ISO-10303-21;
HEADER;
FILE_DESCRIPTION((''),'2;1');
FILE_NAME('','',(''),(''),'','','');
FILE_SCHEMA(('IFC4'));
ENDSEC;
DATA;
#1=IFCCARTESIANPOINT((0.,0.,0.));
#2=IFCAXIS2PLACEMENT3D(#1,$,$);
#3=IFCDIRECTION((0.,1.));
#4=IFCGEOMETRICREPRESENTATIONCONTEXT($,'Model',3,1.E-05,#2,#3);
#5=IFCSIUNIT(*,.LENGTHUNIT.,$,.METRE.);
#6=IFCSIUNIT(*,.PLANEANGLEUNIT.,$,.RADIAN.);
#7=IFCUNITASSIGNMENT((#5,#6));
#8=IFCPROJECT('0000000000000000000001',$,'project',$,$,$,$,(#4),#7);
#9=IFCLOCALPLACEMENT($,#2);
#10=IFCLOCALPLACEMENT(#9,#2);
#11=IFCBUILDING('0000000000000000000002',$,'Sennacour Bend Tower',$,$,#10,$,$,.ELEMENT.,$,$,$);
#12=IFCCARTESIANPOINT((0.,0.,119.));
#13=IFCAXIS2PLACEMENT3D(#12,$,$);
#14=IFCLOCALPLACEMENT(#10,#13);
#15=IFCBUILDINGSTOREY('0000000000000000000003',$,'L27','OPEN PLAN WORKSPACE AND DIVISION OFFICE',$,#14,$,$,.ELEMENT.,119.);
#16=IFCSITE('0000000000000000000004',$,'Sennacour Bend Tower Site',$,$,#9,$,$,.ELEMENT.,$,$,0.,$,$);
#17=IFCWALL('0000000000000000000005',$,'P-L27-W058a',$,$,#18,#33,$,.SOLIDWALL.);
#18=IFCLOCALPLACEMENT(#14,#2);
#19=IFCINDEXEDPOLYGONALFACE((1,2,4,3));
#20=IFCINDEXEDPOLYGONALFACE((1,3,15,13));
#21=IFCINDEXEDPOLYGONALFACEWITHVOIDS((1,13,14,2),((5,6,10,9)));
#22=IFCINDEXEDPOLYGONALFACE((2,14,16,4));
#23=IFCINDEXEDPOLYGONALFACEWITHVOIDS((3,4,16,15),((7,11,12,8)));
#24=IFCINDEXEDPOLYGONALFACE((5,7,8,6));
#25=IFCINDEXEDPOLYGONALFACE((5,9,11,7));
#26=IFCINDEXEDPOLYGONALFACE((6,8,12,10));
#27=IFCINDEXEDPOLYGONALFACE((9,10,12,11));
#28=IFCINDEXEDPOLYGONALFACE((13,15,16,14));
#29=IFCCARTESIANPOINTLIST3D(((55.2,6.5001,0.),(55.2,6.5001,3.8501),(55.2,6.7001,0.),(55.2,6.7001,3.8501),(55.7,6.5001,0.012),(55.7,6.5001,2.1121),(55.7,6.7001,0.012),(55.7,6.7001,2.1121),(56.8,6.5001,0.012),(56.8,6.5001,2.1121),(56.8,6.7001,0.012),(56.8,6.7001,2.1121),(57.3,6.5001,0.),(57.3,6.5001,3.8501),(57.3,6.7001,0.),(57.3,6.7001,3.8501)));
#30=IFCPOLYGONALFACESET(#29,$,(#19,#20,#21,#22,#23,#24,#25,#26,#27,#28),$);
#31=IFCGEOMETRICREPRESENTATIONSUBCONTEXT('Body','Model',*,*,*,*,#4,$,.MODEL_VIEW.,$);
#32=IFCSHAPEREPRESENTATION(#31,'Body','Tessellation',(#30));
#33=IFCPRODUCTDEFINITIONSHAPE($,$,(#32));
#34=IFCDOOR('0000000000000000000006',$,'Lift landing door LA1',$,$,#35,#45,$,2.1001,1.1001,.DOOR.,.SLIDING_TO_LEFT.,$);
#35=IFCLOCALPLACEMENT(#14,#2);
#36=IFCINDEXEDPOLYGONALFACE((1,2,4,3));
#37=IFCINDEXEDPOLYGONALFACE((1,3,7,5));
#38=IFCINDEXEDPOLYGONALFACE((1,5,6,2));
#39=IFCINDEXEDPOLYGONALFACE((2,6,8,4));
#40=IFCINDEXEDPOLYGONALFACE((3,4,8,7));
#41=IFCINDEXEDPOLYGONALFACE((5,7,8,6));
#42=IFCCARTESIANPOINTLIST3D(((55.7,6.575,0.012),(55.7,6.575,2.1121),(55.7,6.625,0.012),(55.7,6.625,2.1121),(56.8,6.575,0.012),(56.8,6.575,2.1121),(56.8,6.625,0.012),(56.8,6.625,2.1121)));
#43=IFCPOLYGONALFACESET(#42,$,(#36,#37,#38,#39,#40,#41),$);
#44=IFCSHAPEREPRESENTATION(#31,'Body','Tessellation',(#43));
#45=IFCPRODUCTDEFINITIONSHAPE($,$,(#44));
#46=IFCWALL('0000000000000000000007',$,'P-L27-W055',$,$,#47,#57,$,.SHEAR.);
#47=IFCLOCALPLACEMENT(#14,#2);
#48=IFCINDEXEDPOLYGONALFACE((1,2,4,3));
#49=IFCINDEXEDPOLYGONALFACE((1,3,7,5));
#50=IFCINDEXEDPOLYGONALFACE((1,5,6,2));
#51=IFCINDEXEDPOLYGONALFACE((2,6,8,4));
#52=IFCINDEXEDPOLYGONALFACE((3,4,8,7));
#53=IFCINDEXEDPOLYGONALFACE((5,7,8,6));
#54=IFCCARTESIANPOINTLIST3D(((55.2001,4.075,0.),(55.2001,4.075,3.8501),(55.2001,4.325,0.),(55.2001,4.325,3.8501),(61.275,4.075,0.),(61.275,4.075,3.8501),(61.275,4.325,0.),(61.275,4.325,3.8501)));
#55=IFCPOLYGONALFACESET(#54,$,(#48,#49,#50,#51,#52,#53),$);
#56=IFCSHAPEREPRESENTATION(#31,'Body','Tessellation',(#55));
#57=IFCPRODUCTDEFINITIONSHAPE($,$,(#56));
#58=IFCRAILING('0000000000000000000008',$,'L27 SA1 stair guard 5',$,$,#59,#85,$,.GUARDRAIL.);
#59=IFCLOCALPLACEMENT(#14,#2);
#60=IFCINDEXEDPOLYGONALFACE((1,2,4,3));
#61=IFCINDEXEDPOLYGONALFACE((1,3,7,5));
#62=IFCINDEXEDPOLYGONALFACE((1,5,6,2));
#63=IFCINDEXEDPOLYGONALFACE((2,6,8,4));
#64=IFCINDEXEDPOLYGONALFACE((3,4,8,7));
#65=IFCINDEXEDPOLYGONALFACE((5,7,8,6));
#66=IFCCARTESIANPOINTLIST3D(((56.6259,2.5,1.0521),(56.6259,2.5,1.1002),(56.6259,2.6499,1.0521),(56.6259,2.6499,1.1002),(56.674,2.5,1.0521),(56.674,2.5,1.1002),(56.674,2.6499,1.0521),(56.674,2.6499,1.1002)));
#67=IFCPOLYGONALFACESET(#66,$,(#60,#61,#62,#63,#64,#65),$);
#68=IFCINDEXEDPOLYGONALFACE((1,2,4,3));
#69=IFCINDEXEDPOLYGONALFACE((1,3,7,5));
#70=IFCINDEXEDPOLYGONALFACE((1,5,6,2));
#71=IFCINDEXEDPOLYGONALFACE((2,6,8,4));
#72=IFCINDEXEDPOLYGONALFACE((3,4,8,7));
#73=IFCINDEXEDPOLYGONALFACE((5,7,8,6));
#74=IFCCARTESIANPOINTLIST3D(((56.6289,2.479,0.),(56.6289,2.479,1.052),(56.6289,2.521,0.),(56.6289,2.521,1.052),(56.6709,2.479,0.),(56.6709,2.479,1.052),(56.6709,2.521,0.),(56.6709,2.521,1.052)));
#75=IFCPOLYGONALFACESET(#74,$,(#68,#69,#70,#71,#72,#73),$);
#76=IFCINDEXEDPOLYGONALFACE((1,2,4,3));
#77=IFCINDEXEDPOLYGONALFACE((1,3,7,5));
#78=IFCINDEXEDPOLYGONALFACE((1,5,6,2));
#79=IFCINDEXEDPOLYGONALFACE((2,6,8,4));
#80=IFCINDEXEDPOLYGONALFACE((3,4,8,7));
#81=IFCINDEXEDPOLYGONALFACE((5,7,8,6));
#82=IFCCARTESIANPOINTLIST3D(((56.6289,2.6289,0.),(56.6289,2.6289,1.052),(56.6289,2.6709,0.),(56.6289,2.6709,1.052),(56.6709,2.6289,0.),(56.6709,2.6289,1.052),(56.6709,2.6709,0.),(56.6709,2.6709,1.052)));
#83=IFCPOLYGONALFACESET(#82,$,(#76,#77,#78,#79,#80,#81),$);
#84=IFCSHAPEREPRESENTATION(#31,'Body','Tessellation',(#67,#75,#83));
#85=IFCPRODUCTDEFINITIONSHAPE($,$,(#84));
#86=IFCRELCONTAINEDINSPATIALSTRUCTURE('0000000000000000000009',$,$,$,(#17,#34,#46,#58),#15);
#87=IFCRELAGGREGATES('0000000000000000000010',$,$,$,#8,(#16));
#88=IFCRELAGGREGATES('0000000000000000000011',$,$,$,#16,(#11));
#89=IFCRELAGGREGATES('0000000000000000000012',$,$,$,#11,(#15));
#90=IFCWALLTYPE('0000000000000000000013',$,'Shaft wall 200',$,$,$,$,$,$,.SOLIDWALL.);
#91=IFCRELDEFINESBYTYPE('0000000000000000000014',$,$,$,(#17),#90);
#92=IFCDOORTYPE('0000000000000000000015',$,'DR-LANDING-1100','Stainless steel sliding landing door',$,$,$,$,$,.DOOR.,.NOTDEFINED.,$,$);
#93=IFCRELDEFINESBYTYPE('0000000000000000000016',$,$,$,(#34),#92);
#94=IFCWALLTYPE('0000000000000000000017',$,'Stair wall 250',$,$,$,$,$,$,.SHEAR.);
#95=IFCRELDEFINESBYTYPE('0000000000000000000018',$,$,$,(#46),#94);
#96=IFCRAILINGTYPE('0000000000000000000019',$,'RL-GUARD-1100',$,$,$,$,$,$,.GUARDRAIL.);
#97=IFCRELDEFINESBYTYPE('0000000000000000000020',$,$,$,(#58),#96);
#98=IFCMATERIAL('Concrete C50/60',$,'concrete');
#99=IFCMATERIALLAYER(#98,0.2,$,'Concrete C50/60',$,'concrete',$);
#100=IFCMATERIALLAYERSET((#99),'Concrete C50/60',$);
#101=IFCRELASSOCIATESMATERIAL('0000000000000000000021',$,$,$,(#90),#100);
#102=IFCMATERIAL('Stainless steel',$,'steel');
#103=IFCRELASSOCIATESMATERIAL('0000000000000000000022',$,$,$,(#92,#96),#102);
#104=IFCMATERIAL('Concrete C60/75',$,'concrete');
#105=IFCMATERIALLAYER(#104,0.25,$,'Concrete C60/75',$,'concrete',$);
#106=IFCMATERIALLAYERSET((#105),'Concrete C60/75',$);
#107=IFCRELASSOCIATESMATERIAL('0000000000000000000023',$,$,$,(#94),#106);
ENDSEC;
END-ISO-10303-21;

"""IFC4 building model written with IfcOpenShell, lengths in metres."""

from ifc_helpers import new_model, si_unit, direction, frame, frame_2d, origin, origin_2d, place, context, subcontext, project, spatial, rectangle, extrude, material, layer, layer_set, type_object, element, fill, save


model = new_model("IFC4")

# Units and contexts
model_context = context("Model", 3, precision=1e-05, world=origin(), true_north=direction((0.0, 1.0)))
body_context = subcontext(model_context, "Body", "Model", "MODEL_VIEW")
ifc_project = project(units=[si_unit("LENGTHUNIT", "METRE"), si_unit("PLANEANGLEUNIT", "RADIAN")], contexts=[model_context])

# Site, building, storey
site_placement = place(None, origin())
site = spatial("IfcSite", under=ifc_project, at=site_placement, Name="Sennacour Bend Tower Site", CompositionType="ELEMENT", RefElevation=0.0)
building_placement = place(site_placement, origin())
building = spatial("IfcBuilding", under=site, at=building_placement, Name="Sennacour Bend Tower", CompositionType="ELEMENT")
storey_placement = place(building_placement, frame((0.0, 0.0, 119.0)))
storey = spatial("IfcBuildingStorey", under=building, at=storey_placement, Name="L27", Description="OPEN PLAN WORKSPACE AND DIVISION OFFICE", CompositionType="ELEMENT", Elevation=119.0)

# Wall, opening, door
ifc_material_1 = material(Name="Concrete C50/60", Category="concrete")
ifc_layer_1 = layer(ifc_material_1, 0.2, Name="Concrete C50/60", Category="concrete")
ifc_layer_set_1 = layer_set([ifc_layer_1], Name="Concrete C50/60")
wall_type_1 = type_object("IfcWallType", Name="Shaft wall 200", PredefinedType="SOLIDWALL", material=ifc_layer_set_1)
wall_1_placement = place(storey_placement, frame((55.2, 6.6001, 0.0), z_axis=(0.0, 0.0, 1.0), x_axis=(1.0, 0.0, 0.0)))
wall_1 = element("IfcWall", 1, at=wall_1_placement, inside=storey, type_object=wall_type_1, Name="P-L27-W058a", PredefinedType="SOLIDWALL", context=body_context, shape_type="SweptSolid", body=[
    extrude(rectangle(XDim=2.1001, YDim=0.2, at=frame_2d((1.05, 0.0))), origin(), (0.0, 0.0, 1.0), 3.8501),
])
opening_1_placement = place(wall_1_placement, frame((0.5, 0.0, 0.012)))
opening_1 = element("IfcOpeningElement", 2, at=opening_1_placement, cuts=wall_1, PredefinedType="OPENING", context=body_context, shape_type="SweptSolid", body=[
    extrude(rectangle(XDim=1.1001, YDim=2.1001, at=frame_2d((0.55, 1.05))), frame((0.0, 0.1099, 0.0), z_axis=(0.0, -1.0, 0.0), x_axis=(1.0, 0.0, 0.0)), (0.0, 0.0, 1.0), 0.22),
])
ifc_material_2 = material(Name="Stainless steel", Category="steel")
door_type_1 = type_object("IfcDoorType", Name="DR-LANDING-1100", Description="Stainless steel sliding landing door", OperationType="NOTDEFINED", PredefinedType="DOOR", material=ifc_material_2)
door_1_placement = place(opening_1_placement, origin())
door_1 = element("IfcDoor", 3, at=door_1_placement, inside=storey, type_object=door_type_1, Name="Lift landing door LA1", OperationType="SLIDING_TO_LEFT", OverallHeight=2.1001, OverallWidth=1.1001, PredefinedType="DOOR", context=body_context, shape_type="SweptSolid", body=[
    extrude(rectangle(XDim=1.1001, YDim=2.1001, at=frame_2d((0.55, 1.05))), frame((0.0, 0.0249, 0.0), z_axis=(0.0, -1.0, 0.0), x_axis=(1.0, 0.0, 0.0)), (0.0, 0.0, 1.0), 0.05),
])
fill(opening_1, door_1)

# Wall
ifc_material_3 = material(Name="Concrete C60/75", Category="concrete")
ifc_layer_2 = layer(ifc_material_3, 0.25, Name="Concrete C60/75", Category="concrete")
ifc_layer_set_2 = layer_set([ifc_layer_2], Name="Concrete C60/75")
wall_type_2 = type_object("IfcWallType", Name="Stair wall 250", PredefinedType="SHEAR", material=ifc_layer_set_2)
wall_2_placement = place(storey_placement, frame((55.2, 4.2, 0.0), z_axis=(0.0, 0.0, 1.0), x_axis=(1.0, 0.0, 0.0)))
element("IfcWall", 4, at=wall_2_placement, inside=storey, type_object=wall_type_2, Name="P-L27-W055", PredefinedType="SHEAR", context=body_context, shape_type="SweptSolid", body=[
    extrude(rectangle(XDim=6.075, YDim=0.25, at=frame_2d((3.0376, 0.0))), origin(), (0.0, 0.0, 1.0), 3.8501),
])

# Railing
railing_type = type_object("IfcRailingType", Name="RL-GUARD-1100", PredefinedType="GUARDRAIL", material=ifc_material_2)
railing_placement = place(storey_placement, frame((56.6499, 2.5, 0.0)))
element("IfcRailing", 5, at=railing_placement, inside=storey, type_object=railing_type, Name="L27 SA1 stair guard 5", PredefinedType="GUARDRAIL", context=body_context, shape_type="SweptSolid", body=[
    extrude(rectangle(XDim=0.0481, YDim=0.0481, at=origin_2d()), frame((0.0, 0.0, 1.0762), z_axis=(0.0, 1.0, 0.0), x_axis=(-1.0, 0.0, 0.0)), (0.0, 0.0, 1.0), 0.1499),
    extrude(rectangle(XDim=0.042, YDim=0.042, at=origin_2d()), origin(), (0.0, 0.0, 1.0), 1.052),
    extrude(rectangle(XDim=0.042, YDim=0.042, at=origin_2d()), frame((0.0, 0.1499, 0.0)), (0.0, 0.0, 1.0), 1.052),
])

save(model, "model.ifc")
